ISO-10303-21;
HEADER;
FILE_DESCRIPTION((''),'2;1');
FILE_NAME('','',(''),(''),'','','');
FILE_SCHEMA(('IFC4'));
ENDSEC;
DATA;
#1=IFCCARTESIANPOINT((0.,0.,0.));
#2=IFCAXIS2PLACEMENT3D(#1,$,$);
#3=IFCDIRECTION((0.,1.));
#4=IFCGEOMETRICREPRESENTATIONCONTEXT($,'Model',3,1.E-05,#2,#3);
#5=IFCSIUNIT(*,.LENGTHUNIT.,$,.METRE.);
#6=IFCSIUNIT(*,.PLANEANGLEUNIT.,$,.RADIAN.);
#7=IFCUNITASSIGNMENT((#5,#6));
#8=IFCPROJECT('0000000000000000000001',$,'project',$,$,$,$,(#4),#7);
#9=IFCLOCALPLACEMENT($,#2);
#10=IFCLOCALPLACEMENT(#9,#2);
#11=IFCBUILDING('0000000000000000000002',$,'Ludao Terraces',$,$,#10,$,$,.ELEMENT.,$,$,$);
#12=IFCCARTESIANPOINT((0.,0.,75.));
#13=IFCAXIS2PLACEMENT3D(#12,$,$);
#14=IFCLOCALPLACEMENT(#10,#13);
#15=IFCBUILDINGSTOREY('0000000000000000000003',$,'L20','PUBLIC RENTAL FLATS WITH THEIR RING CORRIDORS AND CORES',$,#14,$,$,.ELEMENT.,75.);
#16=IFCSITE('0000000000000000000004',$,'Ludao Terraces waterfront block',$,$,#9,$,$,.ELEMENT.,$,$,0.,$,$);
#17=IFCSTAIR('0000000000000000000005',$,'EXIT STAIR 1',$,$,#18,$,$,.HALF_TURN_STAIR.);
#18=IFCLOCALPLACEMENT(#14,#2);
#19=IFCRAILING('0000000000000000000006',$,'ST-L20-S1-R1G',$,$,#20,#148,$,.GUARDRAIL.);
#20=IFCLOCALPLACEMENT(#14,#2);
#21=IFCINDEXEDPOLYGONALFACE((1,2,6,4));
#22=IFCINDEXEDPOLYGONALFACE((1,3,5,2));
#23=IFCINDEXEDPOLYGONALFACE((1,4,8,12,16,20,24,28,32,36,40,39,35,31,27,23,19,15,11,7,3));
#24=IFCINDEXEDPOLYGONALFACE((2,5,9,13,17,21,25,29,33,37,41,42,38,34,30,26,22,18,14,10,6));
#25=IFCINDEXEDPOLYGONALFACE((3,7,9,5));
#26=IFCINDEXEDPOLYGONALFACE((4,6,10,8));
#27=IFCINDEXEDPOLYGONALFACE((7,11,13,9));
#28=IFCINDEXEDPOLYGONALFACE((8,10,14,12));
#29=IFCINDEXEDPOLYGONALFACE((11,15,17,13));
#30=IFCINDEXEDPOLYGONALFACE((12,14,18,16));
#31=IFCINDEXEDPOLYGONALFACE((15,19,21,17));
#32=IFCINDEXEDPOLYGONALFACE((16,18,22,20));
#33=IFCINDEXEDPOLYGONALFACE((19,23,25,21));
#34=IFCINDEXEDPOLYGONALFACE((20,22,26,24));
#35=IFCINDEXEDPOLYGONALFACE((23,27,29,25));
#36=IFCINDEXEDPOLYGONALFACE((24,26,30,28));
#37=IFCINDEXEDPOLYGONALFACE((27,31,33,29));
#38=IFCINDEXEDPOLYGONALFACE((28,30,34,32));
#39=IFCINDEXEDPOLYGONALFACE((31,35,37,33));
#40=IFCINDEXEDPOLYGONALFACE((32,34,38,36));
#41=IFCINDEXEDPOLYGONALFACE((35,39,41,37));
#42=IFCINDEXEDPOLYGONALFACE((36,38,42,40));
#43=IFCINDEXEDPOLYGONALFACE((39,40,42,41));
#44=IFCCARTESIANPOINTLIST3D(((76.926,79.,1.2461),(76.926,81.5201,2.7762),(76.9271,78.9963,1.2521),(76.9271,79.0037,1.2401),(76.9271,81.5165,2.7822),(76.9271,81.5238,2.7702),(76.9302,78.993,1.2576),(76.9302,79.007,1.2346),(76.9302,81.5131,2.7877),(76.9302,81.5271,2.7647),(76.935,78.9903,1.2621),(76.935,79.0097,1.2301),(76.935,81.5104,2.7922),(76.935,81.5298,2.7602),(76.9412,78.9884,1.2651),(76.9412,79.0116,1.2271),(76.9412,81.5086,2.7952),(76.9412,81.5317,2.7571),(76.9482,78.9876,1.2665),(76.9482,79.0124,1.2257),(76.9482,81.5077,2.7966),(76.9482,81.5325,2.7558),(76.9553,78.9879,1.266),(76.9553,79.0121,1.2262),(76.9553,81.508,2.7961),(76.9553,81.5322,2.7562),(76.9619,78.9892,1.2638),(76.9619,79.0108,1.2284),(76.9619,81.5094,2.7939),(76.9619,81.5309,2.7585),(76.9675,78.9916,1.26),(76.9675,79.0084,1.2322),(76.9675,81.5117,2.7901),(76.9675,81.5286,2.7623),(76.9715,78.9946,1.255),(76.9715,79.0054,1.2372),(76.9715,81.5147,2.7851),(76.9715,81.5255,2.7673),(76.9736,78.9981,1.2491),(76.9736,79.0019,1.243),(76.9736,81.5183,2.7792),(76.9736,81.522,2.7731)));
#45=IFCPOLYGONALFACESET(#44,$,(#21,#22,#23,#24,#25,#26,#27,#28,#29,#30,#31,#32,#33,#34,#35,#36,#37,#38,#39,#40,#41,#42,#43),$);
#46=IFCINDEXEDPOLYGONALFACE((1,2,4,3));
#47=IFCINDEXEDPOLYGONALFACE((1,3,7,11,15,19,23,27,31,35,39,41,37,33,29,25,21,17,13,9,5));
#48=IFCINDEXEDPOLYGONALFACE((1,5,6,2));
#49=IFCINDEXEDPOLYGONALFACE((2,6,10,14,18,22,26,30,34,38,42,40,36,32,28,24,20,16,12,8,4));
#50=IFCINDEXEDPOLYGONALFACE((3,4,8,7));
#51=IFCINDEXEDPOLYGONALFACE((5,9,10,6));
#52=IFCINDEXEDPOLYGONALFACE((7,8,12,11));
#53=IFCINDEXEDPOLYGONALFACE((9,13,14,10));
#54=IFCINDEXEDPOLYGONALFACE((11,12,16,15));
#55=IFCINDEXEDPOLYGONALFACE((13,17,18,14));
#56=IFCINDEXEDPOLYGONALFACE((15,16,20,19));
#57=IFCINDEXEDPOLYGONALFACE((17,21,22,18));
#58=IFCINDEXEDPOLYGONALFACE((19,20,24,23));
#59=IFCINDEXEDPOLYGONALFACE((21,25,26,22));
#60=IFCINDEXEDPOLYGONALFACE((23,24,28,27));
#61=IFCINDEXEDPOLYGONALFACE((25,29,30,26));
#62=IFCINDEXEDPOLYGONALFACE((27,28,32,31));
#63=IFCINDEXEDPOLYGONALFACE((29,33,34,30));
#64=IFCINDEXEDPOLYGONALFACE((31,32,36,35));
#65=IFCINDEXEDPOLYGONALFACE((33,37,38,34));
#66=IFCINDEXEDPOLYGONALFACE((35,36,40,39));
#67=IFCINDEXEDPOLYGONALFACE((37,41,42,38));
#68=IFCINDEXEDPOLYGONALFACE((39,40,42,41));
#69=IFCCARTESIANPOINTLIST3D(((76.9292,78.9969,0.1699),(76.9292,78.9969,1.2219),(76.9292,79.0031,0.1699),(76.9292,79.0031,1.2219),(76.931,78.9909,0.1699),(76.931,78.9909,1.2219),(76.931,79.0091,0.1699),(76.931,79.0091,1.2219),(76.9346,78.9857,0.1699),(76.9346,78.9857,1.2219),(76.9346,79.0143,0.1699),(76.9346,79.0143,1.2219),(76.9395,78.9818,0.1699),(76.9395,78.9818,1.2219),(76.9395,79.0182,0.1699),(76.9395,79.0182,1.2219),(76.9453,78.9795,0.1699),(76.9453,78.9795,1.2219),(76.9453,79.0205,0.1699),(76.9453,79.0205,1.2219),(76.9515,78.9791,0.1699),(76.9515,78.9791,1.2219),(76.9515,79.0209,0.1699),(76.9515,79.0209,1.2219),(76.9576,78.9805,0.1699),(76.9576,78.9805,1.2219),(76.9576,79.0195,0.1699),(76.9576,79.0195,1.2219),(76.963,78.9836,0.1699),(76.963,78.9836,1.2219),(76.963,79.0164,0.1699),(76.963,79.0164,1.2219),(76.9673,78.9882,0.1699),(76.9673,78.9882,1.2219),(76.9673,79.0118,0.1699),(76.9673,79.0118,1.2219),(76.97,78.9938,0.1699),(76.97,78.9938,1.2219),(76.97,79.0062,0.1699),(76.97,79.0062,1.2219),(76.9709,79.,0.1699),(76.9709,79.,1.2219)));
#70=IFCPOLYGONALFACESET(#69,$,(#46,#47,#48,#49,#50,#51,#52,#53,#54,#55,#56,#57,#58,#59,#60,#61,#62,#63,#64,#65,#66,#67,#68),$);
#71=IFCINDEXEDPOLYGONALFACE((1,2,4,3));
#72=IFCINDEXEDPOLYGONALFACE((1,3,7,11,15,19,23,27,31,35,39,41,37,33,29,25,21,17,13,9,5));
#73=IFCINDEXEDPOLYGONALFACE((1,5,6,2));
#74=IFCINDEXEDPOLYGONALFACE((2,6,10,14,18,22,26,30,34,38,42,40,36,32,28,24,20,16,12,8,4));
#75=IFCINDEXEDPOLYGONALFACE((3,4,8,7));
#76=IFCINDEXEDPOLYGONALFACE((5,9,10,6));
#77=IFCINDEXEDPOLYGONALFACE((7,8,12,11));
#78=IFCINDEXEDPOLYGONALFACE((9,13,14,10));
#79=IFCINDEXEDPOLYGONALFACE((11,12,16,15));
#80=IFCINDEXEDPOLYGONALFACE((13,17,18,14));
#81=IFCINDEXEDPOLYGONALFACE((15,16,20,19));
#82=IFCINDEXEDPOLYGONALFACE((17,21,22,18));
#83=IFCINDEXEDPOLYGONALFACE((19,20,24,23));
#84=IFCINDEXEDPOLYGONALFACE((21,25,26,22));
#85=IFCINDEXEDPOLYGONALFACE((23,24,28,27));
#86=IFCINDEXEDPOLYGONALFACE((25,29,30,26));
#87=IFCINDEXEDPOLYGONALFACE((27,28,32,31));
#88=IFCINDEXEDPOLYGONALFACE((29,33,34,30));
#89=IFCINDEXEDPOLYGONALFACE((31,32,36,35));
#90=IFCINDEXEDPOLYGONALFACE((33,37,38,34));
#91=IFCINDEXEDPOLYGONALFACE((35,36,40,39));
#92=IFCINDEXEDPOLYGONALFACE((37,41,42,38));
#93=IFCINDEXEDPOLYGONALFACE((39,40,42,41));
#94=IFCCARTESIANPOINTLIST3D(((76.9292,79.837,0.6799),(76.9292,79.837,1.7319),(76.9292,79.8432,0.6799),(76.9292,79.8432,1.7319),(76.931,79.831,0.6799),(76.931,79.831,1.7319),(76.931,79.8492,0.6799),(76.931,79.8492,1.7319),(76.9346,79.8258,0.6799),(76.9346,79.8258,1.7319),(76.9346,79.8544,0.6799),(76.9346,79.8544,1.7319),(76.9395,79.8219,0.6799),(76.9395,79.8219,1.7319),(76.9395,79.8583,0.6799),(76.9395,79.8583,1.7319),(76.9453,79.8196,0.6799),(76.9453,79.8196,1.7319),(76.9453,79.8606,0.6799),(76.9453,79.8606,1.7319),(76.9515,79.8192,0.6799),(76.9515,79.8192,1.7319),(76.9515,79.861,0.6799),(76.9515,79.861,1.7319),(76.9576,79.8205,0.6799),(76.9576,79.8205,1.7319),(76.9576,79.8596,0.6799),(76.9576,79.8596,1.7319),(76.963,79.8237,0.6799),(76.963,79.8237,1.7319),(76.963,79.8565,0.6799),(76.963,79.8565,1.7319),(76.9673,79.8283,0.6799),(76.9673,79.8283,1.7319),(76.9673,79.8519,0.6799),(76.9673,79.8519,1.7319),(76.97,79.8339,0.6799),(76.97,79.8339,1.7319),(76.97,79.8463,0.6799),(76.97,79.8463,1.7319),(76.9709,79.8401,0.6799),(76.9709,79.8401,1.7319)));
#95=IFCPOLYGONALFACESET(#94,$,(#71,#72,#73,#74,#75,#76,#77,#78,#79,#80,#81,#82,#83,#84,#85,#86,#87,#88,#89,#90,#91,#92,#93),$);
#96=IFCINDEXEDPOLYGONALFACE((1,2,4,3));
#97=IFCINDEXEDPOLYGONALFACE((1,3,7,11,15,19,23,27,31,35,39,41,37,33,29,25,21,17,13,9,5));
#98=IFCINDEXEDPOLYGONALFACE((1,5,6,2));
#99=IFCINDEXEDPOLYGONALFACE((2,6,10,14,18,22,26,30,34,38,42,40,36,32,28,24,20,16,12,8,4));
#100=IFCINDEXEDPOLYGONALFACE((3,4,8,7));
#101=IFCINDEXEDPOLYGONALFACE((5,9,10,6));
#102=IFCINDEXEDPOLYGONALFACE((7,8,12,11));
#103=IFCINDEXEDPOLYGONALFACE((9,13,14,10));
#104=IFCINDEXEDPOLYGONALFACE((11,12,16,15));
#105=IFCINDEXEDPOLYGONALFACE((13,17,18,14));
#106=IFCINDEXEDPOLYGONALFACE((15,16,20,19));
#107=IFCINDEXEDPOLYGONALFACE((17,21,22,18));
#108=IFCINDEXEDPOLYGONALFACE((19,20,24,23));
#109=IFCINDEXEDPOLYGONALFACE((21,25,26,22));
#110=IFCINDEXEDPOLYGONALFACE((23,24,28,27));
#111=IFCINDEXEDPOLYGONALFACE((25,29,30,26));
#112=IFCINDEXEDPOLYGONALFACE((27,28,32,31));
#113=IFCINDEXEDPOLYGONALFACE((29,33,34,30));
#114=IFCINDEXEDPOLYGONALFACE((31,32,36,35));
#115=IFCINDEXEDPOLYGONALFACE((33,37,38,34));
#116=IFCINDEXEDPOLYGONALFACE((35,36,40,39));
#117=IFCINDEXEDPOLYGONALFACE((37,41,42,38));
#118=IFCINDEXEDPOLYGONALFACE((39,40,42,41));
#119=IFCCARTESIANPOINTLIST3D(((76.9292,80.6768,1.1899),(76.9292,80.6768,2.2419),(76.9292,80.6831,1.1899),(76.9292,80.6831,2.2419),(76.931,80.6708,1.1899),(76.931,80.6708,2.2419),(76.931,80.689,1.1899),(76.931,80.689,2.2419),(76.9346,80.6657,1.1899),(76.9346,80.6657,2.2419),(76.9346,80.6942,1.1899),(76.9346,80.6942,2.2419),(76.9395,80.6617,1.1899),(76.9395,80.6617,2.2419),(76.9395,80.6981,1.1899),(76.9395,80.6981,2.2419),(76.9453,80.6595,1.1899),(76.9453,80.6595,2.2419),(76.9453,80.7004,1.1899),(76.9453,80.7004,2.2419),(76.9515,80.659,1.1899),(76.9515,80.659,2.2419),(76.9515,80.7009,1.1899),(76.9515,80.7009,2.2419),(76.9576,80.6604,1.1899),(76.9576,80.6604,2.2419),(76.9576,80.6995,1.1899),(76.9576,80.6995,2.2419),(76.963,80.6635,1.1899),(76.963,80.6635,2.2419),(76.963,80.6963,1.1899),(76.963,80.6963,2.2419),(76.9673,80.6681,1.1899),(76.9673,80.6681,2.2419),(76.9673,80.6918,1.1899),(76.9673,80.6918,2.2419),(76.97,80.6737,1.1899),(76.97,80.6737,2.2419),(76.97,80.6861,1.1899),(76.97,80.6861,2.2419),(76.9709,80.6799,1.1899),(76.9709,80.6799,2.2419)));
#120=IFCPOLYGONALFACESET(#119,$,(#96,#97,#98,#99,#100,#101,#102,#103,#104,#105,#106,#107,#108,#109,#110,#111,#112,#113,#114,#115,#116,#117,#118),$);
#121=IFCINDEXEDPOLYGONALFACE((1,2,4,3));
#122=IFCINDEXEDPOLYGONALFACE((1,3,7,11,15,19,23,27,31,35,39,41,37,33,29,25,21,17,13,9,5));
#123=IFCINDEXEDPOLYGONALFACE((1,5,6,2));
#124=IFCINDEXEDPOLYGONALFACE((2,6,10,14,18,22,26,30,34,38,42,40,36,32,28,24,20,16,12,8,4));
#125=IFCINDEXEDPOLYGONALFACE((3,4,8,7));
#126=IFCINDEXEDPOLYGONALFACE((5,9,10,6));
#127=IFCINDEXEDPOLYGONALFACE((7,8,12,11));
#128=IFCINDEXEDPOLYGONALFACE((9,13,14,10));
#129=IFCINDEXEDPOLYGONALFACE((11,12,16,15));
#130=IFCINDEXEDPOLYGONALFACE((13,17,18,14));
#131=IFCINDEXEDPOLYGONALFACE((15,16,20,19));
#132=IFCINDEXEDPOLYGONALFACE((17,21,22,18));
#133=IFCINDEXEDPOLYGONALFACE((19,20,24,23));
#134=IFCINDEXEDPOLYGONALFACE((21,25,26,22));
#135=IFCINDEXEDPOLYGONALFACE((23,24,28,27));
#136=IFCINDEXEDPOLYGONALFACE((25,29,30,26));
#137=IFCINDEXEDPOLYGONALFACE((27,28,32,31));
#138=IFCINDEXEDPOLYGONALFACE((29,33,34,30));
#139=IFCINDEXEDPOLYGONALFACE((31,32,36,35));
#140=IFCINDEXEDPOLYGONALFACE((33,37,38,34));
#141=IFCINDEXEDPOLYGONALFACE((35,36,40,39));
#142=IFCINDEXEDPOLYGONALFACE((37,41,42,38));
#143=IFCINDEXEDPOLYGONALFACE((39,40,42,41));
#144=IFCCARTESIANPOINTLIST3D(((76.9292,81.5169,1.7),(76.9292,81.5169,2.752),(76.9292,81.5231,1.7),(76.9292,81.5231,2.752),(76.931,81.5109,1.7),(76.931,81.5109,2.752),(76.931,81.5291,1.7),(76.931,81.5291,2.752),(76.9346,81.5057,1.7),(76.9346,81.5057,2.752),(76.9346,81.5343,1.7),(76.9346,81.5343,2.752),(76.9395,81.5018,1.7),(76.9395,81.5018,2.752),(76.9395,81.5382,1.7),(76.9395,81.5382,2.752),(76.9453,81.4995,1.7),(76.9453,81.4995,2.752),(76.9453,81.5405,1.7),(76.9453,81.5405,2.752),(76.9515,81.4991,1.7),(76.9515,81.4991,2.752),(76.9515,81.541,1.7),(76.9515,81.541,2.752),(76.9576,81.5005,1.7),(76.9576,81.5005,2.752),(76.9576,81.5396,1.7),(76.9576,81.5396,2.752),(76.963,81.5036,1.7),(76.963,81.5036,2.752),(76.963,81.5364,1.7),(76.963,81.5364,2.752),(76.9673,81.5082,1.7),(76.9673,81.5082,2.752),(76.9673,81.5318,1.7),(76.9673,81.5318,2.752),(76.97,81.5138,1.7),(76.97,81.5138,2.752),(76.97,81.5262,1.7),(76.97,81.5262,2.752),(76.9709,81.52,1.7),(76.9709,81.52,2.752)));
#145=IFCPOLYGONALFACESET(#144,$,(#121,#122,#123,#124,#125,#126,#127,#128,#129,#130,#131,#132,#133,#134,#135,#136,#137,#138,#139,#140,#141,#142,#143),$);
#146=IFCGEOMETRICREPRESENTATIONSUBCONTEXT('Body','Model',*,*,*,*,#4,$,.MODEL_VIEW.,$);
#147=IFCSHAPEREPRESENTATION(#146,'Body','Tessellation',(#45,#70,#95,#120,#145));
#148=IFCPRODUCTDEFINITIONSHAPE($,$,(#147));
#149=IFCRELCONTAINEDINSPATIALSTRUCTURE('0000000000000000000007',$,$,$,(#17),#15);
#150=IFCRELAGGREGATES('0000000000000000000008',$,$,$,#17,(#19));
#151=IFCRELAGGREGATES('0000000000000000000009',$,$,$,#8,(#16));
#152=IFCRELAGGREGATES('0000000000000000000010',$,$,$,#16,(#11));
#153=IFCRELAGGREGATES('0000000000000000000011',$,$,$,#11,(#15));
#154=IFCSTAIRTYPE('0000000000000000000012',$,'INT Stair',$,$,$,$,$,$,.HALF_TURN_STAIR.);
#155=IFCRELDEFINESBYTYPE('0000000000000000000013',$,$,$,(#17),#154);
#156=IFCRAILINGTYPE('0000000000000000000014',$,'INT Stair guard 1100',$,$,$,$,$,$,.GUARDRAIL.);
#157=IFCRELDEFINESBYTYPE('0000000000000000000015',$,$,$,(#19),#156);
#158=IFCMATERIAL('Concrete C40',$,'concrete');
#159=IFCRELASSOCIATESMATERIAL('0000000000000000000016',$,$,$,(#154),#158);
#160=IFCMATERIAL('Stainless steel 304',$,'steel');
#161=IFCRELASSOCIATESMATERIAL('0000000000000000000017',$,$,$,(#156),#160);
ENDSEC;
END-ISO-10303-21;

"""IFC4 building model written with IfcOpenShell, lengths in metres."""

from ifc_helpers import new_model, si_unit, direction, frame, origin, origin_2d, place, context, subcontext, project, spatial, circle, extrude, material, type_object, element, aggregate, save


model = new_model("IFC4")

# Units and contexts
model_context = context("Model", 3, precision=1e-05, world=origin(), true_north=direction((0.0, 1.0)))
body_context = subcontext(model_context, "Body", "Model", "MODEL_VIEW")
ifc_project = project(units=[si_unit("LENGTHUNIT", "METRE"), si_unit("PLANEANGLEUNIT", "RADIAN")], contexts=[model_context])

# Site, building, storey
site_placement = place(None, origin())
site = spatial("IfcSite", under=ifc_project, at=site_placement, Name="Ludao Terraces waterfront block", CompositionType="ELEMENT", RefElevation=0.0)
building_placement = place(site_placement, origin())
building = spatial("IfcBuilding", under=site, at=building_placement, Name="Ludao Terraces", CompositionType="ELEMENT")
storey_placement = place(building_placement, frame((0.0, 0.0, 75.0)))
storey = spatial("IfcBuildingStorey", under=building, at=storey_placement, Name="L20", Description="PUBLIC RENTAL FLATS WITH THEIR RING CORRIDORS AND CORES", CompositionType="ELEMENT", Elevation=75.0)

# Shared definitions
ifc_material_1 = material(Name="Stainless steel 304", Category="steel")

# Stair, railing
ifc_material_2 = material(Name="Concrete C40", Category="concrete")
stair_type = type_object("IfcStairType", Name="INT Stair", PredefinedType="HALF_TURN_STAIR", material=ifc_material_2)
stair_placement = place(storey_placement, origin())
stair = element("IfcStair", 1, at=stair_placement, inside=storey, type_object=stair_type, Name="EXIT STAIR 1", PredefinedType="HALF_TURN_STAIR")
railing_type_1 = type_object("IfcRailingType", Name="INT Stair guard 1100", PredefinedType="GUARDRAIL", material=ifc_material_1)
railing_1_placement = place(storey_placement, frame((76.95, 79.0, 0.1699)))
railing_1 = element("IfcRailing", 2, at=railing_1_placement, type_object=railing_type_1, Name="ST-L20-S1-R1G", PredefinedType="GUARDRAIL", context=body_context, shape_type="SweptSolid", body=[
    extrude(circle(Radius=0.0239, at=origin_2d()), frame((0.0, 0.0, 1.0762), z_axis=(0.0, 0.854785, 0.518982), x_axis=(-1.0, 0.0, 0.0)), (0.0, 0.0, 1.0), 2.9482),
    extrude(circle(Radius=0.021, at=origin_2d()), origin(), (0.0, 0.0, 1.0), 1.052),
    extrude(circle(Radius=0.021, at=origin_2d()), frame((0.0, 0.8401, 0.51)), (0.0, 0.0, 1.0), 1.052),
    extrude(circle(Radius=0.021, at=origin_2d()), frame((0.0, 1.6799, 1.02)), (0.0, 0.0, 1.0), 1.052),
    extrude(circle(Radius=0.021, at=origin_2d()), frame((0.0, 2.52, 1.53)), (0.0, 0.0, 1.0), 1.052),
])
aggregate(stair, [railing_1])

save(model, "model.ifc")
